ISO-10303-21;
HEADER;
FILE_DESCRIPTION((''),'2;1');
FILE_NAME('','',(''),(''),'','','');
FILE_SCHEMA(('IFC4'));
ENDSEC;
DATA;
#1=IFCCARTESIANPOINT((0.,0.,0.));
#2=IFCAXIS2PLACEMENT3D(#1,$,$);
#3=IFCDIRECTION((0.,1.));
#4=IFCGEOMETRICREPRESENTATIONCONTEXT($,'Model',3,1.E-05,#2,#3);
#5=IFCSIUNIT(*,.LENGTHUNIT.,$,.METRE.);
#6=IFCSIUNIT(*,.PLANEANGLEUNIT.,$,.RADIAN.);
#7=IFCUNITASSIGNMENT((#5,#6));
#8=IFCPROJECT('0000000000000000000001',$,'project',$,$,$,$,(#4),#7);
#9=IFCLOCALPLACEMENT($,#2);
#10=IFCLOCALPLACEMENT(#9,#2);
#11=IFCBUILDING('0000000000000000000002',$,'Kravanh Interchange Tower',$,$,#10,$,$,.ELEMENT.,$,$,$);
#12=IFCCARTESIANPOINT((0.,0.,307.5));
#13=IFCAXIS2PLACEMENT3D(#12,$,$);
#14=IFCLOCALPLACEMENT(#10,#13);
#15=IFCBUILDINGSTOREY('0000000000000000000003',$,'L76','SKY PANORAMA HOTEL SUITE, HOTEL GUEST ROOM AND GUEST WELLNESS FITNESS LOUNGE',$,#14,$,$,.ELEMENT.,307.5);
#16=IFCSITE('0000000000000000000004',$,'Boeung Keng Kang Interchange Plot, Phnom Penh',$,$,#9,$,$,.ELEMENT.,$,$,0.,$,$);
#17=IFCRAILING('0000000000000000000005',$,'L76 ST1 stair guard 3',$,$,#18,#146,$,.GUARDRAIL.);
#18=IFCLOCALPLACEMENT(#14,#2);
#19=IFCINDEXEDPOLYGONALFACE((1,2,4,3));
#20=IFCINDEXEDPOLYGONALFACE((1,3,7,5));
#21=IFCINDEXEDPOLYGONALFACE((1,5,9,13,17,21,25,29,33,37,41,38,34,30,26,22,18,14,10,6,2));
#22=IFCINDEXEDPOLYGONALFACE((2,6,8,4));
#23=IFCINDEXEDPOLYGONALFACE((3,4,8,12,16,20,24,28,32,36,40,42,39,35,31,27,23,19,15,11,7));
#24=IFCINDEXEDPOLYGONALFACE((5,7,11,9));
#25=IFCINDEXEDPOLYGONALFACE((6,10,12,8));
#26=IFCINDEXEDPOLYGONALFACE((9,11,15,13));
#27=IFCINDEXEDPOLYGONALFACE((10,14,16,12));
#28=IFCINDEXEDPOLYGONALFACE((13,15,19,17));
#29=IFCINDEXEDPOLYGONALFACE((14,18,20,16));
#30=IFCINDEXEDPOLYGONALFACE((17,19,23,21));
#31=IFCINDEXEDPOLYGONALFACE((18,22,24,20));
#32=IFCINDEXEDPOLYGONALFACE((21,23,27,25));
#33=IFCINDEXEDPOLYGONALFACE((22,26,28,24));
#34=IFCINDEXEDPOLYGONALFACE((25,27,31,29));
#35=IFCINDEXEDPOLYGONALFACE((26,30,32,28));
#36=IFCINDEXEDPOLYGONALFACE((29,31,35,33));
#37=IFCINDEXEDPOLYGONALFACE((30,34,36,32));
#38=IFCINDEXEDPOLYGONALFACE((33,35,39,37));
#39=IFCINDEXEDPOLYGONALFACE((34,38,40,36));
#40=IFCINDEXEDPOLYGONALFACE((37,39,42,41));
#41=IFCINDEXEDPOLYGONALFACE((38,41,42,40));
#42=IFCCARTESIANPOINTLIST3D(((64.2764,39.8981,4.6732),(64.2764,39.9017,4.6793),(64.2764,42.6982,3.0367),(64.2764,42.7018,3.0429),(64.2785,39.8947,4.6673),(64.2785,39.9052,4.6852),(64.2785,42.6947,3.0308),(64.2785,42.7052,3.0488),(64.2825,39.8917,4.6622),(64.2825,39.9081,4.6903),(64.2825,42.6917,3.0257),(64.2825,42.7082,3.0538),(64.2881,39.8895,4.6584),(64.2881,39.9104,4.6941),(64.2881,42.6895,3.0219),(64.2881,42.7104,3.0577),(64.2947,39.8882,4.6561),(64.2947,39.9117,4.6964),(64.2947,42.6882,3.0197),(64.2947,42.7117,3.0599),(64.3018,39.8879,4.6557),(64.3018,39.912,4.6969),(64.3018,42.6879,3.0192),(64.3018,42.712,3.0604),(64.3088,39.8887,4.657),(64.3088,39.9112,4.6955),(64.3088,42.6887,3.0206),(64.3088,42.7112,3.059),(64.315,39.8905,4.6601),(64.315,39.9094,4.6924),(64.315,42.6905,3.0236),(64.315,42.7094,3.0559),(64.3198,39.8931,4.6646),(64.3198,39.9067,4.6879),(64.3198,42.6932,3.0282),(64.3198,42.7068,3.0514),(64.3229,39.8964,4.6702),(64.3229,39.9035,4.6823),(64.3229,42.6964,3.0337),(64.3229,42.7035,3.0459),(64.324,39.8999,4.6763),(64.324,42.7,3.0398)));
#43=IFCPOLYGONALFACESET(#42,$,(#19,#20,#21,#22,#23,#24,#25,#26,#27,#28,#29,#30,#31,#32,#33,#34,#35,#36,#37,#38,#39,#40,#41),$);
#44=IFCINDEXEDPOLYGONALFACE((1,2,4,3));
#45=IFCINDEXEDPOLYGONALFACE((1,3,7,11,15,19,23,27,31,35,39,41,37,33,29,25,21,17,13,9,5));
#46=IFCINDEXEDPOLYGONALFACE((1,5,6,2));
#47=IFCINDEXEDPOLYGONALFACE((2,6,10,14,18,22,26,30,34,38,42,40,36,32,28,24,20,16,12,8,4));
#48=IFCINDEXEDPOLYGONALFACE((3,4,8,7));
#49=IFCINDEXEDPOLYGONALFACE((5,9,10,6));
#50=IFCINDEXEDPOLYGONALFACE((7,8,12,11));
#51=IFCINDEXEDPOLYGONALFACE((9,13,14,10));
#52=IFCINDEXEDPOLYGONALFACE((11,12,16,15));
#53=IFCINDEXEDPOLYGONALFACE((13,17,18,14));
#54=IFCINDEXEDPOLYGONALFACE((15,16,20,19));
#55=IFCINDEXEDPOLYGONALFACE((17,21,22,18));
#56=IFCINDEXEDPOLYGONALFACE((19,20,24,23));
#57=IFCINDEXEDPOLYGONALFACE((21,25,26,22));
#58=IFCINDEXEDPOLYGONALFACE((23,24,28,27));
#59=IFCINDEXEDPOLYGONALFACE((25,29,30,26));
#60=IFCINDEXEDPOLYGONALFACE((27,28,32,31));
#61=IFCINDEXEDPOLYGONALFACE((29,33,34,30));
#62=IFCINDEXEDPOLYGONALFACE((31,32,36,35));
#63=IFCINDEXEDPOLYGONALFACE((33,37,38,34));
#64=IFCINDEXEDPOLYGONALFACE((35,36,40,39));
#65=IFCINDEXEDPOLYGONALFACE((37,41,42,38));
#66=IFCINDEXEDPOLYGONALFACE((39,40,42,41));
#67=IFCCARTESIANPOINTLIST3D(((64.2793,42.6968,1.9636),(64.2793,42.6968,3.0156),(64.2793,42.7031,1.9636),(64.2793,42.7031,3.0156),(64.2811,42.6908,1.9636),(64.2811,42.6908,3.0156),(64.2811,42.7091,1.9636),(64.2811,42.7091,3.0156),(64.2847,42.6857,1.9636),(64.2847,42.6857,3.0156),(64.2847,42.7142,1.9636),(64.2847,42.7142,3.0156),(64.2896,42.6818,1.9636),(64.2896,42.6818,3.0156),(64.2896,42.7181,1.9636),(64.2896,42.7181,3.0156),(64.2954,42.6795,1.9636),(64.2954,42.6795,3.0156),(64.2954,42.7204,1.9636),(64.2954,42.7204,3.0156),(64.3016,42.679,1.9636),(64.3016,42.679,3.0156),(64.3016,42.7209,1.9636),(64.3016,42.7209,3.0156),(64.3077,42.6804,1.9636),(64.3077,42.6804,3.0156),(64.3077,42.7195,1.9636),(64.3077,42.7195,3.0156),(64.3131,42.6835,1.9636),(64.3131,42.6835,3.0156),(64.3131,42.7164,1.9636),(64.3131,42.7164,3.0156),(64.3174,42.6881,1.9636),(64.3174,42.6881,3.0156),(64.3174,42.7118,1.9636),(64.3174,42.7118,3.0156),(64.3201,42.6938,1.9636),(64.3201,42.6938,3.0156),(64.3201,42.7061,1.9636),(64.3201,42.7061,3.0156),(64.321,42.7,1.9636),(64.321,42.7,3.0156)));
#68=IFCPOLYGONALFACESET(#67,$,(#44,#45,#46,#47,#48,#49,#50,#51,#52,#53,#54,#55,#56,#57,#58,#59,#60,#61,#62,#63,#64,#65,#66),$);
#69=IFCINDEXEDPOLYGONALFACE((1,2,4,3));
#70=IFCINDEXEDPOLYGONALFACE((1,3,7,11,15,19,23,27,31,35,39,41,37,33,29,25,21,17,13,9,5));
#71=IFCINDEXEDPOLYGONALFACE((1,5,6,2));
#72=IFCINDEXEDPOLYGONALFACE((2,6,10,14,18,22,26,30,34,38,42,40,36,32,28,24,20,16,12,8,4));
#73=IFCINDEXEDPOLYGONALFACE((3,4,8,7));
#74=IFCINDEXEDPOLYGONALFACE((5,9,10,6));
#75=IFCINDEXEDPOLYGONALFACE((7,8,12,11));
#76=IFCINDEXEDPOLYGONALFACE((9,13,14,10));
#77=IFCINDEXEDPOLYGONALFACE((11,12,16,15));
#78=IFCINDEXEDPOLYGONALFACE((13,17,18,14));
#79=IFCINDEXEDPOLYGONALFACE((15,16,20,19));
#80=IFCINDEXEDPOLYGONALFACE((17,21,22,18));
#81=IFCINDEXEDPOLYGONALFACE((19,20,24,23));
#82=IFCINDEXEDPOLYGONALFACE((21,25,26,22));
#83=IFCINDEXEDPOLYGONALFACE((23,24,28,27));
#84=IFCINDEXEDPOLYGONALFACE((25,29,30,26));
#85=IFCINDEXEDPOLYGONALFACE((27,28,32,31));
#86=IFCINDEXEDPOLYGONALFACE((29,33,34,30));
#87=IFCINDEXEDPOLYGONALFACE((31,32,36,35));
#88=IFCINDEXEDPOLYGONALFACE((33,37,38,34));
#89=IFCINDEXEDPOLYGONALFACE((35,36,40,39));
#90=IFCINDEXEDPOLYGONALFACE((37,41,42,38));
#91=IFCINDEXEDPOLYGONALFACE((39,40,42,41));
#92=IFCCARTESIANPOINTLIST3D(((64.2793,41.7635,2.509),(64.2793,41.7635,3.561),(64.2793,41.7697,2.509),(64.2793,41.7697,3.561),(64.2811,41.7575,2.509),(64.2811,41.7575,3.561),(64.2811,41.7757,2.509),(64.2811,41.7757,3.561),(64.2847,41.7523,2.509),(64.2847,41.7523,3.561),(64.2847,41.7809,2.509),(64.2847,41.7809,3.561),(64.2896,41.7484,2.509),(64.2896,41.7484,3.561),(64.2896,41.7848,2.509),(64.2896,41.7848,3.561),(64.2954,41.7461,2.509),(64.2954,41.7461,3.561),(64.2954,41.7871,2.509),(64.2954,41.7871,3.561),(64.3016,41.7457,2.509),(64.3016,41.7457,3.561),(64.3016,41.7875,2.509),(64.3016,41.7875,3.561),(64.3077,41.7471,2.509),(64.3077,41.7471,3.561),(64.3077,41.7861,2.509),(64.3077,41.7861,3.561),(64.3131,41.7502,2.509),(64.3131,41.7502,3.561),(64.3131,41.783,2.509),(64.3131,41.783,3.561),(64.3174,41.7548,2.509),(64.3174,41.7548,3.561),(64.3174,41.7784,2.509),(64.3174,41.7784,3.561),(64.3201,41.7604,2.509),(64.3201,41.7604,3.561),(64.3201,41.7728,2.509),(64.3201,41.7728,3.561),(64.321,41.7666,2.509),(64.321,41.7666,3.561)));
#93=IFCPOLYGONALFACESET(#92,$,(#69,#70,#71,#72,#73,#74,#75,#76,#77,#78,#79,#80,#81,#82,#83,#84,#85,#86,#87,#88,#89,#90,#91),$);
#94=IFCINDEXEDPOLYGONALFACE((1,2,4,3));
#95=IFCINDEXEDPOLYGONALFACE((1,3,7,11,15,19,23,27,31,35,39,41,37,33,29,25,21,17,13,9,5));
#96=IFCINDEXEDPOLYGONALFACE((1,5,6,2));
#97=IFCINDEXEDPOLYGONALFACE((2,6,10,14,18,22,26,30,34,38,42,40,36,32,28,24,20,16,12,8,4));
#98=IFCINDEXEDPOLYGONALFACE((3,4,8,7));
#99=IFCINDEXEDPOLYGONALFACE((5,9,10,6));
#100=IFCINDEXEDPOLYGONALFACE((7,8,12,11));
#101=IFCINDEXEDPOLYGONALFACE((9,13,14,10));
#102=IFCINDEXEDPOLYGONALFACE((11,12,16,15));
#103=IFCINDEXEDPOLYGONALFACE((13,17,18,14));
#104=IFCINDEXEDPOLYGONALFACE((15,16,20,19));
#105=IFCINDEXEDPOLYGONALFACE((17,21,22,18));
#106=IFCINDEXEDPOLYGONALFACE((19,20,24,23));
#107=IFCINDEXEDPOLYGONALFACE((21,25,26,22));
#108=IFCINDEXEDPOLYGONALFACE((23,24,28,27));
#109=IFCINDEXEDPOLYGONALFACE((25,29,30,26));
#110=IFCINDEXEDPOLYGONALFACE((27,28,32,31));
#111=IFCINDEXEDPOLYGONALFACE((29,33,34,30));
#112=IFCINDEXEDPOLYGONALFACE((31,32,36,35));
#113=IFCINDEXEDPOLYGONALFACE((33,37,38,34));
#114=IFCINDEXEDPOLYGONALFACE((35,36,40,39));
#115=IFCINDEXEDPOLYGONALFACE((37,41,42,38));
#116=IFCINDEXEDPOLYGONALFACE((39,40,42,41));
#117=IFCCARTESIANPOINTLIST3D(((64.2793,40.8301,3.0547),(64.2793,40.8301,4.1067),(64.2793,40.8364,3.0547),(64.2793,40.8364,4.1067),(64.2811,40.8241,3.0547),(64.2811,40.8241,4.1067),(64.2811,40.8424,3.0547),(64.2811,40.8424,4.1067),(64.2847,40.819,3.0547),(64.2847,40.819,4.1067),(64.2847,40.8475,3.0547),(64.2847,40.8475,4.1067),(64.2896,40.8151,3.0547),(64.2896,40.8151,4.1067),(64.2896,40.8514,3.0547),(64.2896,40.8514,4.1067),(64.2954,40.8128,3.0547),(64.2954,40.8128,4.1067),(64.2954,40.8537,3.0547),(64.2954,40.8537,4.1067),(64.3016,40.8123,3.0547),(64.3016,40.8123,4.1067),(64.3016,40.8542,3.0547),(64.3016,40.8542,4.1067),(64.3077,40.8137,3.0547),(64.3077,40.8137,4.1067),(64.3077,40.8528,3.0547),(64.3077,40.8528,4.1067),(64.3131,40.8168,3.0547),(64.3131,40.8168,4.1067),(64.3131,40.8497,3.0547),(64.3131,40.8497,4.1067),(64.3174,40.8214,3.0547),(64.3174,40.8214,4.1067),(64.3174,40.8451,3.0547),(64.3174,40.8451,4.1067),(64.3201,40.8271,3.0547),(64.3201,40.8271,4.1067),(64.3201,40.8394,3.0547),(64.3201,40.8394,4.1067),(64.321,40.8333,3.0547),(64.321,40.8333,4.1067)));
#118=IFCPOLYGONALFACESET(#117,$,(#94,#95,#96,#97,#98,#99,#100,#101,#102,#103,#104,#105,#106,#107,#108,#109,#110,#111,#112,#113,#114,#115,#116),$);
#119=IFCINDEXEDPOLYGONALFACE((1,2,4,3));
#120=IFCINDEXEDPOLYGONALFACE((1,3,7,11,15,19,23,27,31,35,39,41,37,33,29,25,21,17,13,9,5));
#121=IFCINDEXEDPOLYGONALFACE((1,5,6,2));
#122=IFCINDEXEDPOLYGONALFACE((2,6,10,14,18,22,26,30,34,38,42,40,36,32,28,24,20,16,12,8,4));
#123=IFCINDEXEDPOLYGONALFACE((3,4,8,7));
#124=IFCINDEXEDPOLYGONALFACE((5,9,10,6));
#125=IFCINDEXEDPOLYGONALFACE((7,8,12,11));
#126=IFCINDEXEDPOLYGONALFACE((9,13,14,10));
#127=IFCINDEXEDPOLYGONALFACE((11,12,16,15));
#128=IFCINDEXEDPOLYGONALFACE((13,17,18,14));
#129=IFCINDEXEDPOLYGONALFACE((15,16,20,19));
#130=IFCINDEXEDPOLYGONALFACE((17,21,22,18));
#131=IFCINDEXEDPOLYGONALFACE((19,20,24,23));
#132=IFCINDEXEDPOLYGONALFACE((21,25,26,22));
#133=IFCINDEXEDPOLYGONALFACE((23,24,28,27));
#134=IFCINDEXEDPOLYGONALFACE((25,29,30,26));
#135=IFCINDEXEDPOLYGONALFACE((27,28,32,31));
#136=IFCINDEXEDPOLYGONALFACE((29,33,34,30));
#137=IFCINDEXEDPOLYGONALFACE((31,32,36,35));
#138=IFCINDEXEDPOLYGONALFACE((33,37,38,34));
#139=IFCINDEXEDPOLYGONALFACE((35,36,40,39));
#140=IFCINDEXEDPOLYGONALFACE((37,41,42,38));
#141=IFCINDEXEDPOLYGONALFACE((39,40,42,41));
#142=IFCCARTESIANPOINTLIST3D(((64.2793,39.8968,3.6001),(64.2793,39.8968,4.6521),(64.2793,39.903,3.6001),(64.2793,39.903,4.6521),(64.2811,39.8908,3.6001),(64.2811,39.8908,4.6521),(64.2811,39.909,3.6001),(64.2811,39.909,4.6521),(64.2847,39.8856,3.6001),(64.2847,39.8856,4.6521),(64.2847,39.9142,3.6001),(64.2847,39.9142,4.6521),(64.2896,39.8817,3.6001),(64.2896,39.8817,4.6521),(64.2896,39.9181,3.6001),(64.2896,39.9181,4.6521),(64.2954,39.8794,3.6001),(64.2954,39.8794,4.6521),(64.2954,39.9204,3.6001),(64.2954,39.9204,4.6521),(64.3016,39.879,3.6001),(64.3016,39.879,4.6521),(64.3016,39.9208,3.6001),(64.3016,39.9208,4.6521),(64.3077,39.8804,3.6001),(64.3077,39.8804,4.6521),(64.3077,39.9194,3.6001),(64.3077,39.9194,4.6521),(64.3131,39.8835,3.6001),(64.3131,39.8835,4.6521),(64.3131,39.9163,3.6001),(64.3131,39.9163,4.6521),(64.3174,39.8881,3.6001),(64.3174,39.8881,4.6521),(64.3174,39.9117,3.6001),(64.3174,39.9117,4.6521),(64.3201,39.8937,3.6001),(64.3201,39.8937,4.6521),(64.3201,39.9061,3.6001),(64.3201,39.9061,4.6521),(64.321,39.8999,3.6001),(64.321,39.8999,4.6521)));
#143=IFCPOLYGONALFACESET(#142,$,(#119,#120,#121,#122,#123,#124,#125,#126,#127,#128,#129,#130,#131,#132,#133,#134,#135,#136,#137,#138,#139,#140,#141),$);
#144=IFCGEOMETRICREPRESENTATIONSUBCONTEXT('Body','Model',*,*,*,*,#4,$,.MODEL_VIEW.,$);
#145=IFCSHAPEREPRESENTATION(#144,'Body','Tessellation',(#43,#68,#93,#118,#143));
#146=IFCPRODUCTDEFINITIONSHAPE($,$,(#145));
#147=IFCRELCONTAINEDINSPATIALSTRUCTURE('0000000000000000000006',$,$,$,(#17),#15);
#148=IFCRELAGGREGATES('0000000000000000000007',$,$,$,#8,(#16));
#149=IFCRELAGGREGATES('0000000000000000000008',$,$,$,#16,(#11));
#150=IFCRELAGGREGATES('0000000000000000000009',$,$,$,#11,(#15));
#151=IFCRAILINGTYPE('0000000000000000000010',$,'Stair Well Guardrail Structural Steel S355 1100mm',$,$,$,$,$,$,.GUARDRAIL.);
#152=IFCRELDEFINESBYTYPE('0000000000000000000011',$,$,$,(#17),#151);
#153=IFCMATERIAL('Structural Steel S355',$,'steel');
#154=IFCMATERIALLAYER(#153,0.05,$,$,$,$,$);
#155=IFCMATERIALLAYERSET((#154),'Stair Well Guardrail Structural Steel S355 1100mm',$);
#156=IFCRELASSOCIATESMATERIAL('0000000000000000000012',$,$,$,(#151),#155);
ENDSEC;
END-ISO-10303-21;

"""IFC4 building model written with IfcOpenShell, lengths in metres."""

from ifc_helpers import new_model, si_unit, direction, frame, origin, origin_2d, place, context, subcontext, project, spatial, circle, extrude, material, layer, layer_set, type_object, element, save


model = new_model("IFC4")

# Units and contexts
model_context = context("Model", 3, precision=1e-05, world=origin(), true_north=direction((0.0, 1.0)))
body_context = subcontext(model_context, "Body", "Model", "MODEL_VIEW")
ifc_project = project(units=[si_unit("LENGTHUNIT", "METRE"), si_unit("PLANEANGLEUNIT", "RADIAN")], contexts=[model_context])

# Site, building, storey
site_placement = place(None, origin())
site = spatial("IfcSite", under=ifc_project, at=site_placement, Name="Boeung Keng Kang Interchange Plot, Phnom Penh", CompositionType="ELEMENT", RefElevation=0.0)
building_placement = place(site_placement, origin())
building = spatial("IfcBuilding", under=site, at=building_placement, Name="Kravanh Interchange Tower", CompositionType="ELEMENT")
storey_placement = place(building_placement, frame((0.0, 0.0, 307.5)))
storey = spatial("IfcBuildingStorey", under=building, at=storey_placement, Name="L76", Description="SKY PANORAMA HOTEL SUITE, HOTEL GUEST ROOM AND GUEST WELLNESS FITNESS LOUNGE", CompositionType="ELEMENT", Elevation=307.5)

# Railing
ifc_material_1 = material(Name="Structural Steel S355", Category="steel")
ifc_layer_1 = layer(ifc_material_1, 0.05)
ifc_layer_set_1 = layer_set([ifc_layer_1], Name="Stair Well Guardrail Structural Steel S355 1100mm")
railing_type_1 = type_object("IfcRailingType", Name="Stair Well Guardrail Structural Steel S355 1100mm", PredefinedType="GUARDRAIL", material=ifc_layer_set_1)
railing_1_placement = place(storey_placement, frame((64.3, 42.7, 1.9636)))
element("IfcRailing", 1, at=railing_1_placement, inside=storey, type_object=railing_type_1, Name="L76 ST1 stair guard 3", PredefinedType="GUARDRAIL", context=body_context, shape_type="SweptSolid", body=[
    extrude(circle(Radius=0.0239, at=origin_2d()), frame((0.0, 0.0, 1.0762), z_axis=(0.0, -0.863361, 0.504587), x_axis=(1.0, 0.0, 0.0)), (0.0, 0.0, 1.0), 3.2432),
    extrude(circle(Radius=0.021, at=origin_2d()), origin(), (0.0, 0.0, 1.0), 1.052),
    extrude(circle(Radius=0.021, at=origin_2d()), frame((0.0, -0.9333, 0.5454)), (0.0, 0.0, 1.0), 1.052),
    extrude(circle(Radius=0.021, at=origin_2d()), frame((0.0, -1.8667, 1.0911)), (0.0, 0.0, 1.0), 1.052),
    extrude(circle(Radius=0.021, at=origin_2d()), frame((0.0, -2.8, 1.6365)), (0.0, 0.0, 1.0), 1.052),
])

save(model, "model.ifc")
